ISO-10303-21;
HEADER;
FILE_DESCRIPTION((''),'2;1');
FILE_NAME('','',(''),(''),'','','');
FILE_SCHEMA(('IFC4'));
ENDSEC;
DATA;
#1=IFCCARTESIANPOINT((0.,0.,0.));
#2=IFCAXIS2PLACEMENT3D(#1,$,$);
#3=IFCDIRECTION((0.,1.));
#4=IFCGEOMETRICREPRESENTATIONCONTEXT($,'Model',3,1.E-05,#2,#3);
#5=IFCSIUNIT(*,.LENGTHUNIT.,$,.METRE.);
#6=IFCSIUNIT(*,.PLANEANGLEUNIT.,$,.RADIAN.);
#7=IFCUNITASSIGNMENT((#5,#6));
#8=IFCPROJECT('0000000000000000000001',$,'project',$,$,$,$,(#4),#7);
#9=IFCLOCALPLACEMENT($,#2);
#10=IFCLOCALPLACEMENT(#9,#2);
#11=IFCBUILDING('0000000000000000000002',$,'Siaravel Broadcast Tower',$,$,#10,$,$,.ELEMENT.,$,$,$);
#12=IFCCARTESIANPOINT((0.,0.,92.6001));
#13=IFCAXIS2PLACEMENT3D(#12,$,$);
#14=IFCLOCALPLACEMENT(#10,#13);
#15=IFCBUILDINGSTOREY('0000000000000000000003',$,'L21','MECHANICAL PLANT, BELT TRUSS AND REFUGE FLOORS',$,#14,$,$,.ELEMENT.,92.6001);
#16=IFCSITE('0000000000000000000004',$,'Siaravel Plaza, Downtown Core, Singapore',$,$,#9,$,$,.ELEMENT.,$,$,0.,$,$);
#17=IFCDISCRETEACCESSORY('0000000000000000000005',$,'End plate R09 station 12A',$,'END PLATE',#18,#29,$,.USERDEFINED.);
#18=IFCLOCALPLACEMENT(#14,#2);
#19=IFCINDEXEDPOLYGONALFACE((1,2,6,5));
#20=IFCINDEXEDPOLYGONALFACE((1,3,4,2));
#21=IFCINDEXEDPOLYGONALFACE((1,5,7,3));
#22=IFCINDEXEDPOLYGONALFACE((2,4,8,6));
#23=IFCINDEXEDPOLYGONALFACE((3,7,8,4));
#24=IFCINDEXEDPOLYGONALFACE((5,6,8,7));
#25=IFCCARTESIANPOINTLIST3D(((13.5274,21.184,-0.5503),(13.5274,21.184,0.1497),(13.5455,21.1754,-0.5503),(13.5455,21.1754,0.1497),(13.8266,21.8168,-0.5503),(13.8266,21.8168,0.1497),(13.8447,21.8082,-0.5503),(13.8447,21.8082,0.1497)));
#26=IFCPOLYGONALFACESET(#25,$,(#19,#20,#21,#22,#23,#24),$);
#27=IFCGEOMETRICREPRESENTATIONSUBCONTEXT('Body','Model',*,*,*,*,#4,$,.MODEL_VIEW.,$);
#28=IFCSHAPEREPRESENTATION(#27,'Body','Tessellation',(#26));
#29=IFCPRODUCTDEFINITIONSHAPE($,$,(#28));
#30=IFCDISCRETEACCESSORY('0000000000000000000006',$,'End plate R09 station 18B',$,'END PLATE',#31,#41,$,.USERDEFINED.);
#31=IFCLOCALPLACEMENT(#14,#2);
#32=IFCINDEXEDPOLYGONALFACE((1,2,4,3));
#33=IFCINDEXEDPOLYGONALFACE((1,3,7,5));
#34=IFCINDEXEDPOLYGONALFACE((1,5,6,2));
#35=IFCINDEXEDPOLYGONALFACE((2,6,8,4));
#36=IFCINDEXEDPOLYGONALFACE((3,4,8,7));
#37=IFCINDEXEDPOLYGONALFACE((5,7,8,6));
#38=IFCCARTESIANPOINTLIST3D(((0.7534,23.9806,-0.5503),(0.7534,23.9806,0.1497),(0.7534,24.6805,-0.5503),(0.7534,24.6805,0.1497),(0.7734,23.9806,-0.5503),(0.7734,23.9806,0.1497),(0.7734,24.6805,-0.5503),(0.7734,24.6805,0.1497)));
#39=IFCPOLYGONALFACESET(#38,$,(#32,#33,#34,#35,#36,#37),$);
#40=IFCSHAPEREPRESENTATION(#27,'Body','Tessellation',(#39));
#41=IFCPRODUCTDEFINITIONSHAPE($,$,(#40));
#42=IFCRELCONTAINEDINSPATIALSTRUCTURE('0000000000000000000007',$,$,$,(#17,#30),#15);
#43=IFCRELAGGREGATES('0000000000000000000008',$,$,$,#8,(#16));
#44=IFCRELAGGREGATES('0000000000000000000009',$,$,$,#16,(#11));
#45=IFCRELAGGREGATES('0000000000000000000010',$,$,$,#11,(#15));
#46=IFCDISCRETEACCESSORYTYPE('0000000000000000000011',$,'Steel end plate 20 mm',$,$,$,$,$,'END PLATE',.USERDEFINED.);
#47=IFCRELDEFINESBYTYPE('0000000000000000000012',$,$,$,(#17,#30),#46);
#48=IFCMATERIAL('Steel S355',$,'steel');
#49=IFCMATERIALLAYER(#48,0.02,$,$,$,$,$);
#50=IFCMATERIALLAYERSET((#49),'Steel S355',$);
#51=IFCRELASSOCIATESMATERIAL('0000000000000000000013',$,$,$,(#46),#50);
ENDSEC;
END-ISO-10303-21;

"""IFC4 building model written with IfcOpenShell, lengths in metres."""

from ifc_helpers import new_model, si_unit, direction, frame, origin, origin_2d, place, context, subcontext, project, spatial, rectangle, extrude, material, layer, layer_set, type_object, element, save


model = new_model("IFC4")

# Units and contexts
model_context = context("Model", 3, precision=1e-05, world=origin(), true_north=direction((0.0, 1.0)))
body_context = subcontext(model_context, "Body", "Model", "MODEL_VIEW")
ifc_project = project(units=[si_unit("LENGTHUNIT", "METRE"), si_unit("PLANEANGLEUNIT", "RADIAN")], contexts=[model_context])

# Site, building, storey
site_placement = place(None, origin())
site = spatial("IfcSite", under=ifc_project, at=site_placement, Name="Siaravel Plaza, Downtown Core, Singapore", CompositionType="ELEMENT", RefElevation=0.0)
building_placement = place(site_placement, origin())
building = spatial("IfcBuilding", under=site, at=building_placement, Name="Siaravel Broadcast Tower", CompositionType="ELEMENT")
storey_placement = place(building_placement, frame((0.0, 0.0, 92.6001)))
storey = spatial("IfcBuildingStorey", under=building, at=storey_placement, Name="L21", Description="MECHANICAL PLANT, BELT TRUSS AND REFUGE FLOORS", CompositionType="ELEMENT", Elevation=92.6001)

# Shared definitions
ifc_material_1 = material(Name="Steel S355", Category="steel")

# Discrete accessories
ifc_layer_1 = layer(ifc_material_1, 0.02)
ifc_layer_set_1 = layer_set([ifc_layer_1], Name="Steel S355")
discrete_accessory_type = type_object("IfcDiscreteAccessoryType", Name="Steel end plate 20 mm", ElementType="END PLATE", PredefinedType="USERDEFINED", material=ifc_layer_set_1)
for number, where, z_axis, x_axis, name in (
    (1, (13.686, 21.4961, -0.5503), (0.0, 0.0, 1.0), (-0.904006, 0.427519, 0.0), "End plate R09 station 12A"),
    (2, (0.7634, 24.3306, -0.5503), (0.0, 0.0, 1.0), (-1.0, 0.0, 0.0), "End plate R09 station 18B"),
):
    element("IfcDiscreteAccessory", number, at=place(storey_placement, frame(where, z_axis=z_axis, x_axis=x_axis)), inside=storey, type_object=discrete_accessory_type, Name=name, ObjectType="END PLATE", PredefinedType="USERDEFINED", context=body_context, shape_type="SweptSolid", body=[
        extrude(rectangle(XDim=0.02, YDim=0.7, at=origin_2d()), origin(), (0.0, 0.0, 1.0), 0.7),
    ])

save(model, "model.ifc")
